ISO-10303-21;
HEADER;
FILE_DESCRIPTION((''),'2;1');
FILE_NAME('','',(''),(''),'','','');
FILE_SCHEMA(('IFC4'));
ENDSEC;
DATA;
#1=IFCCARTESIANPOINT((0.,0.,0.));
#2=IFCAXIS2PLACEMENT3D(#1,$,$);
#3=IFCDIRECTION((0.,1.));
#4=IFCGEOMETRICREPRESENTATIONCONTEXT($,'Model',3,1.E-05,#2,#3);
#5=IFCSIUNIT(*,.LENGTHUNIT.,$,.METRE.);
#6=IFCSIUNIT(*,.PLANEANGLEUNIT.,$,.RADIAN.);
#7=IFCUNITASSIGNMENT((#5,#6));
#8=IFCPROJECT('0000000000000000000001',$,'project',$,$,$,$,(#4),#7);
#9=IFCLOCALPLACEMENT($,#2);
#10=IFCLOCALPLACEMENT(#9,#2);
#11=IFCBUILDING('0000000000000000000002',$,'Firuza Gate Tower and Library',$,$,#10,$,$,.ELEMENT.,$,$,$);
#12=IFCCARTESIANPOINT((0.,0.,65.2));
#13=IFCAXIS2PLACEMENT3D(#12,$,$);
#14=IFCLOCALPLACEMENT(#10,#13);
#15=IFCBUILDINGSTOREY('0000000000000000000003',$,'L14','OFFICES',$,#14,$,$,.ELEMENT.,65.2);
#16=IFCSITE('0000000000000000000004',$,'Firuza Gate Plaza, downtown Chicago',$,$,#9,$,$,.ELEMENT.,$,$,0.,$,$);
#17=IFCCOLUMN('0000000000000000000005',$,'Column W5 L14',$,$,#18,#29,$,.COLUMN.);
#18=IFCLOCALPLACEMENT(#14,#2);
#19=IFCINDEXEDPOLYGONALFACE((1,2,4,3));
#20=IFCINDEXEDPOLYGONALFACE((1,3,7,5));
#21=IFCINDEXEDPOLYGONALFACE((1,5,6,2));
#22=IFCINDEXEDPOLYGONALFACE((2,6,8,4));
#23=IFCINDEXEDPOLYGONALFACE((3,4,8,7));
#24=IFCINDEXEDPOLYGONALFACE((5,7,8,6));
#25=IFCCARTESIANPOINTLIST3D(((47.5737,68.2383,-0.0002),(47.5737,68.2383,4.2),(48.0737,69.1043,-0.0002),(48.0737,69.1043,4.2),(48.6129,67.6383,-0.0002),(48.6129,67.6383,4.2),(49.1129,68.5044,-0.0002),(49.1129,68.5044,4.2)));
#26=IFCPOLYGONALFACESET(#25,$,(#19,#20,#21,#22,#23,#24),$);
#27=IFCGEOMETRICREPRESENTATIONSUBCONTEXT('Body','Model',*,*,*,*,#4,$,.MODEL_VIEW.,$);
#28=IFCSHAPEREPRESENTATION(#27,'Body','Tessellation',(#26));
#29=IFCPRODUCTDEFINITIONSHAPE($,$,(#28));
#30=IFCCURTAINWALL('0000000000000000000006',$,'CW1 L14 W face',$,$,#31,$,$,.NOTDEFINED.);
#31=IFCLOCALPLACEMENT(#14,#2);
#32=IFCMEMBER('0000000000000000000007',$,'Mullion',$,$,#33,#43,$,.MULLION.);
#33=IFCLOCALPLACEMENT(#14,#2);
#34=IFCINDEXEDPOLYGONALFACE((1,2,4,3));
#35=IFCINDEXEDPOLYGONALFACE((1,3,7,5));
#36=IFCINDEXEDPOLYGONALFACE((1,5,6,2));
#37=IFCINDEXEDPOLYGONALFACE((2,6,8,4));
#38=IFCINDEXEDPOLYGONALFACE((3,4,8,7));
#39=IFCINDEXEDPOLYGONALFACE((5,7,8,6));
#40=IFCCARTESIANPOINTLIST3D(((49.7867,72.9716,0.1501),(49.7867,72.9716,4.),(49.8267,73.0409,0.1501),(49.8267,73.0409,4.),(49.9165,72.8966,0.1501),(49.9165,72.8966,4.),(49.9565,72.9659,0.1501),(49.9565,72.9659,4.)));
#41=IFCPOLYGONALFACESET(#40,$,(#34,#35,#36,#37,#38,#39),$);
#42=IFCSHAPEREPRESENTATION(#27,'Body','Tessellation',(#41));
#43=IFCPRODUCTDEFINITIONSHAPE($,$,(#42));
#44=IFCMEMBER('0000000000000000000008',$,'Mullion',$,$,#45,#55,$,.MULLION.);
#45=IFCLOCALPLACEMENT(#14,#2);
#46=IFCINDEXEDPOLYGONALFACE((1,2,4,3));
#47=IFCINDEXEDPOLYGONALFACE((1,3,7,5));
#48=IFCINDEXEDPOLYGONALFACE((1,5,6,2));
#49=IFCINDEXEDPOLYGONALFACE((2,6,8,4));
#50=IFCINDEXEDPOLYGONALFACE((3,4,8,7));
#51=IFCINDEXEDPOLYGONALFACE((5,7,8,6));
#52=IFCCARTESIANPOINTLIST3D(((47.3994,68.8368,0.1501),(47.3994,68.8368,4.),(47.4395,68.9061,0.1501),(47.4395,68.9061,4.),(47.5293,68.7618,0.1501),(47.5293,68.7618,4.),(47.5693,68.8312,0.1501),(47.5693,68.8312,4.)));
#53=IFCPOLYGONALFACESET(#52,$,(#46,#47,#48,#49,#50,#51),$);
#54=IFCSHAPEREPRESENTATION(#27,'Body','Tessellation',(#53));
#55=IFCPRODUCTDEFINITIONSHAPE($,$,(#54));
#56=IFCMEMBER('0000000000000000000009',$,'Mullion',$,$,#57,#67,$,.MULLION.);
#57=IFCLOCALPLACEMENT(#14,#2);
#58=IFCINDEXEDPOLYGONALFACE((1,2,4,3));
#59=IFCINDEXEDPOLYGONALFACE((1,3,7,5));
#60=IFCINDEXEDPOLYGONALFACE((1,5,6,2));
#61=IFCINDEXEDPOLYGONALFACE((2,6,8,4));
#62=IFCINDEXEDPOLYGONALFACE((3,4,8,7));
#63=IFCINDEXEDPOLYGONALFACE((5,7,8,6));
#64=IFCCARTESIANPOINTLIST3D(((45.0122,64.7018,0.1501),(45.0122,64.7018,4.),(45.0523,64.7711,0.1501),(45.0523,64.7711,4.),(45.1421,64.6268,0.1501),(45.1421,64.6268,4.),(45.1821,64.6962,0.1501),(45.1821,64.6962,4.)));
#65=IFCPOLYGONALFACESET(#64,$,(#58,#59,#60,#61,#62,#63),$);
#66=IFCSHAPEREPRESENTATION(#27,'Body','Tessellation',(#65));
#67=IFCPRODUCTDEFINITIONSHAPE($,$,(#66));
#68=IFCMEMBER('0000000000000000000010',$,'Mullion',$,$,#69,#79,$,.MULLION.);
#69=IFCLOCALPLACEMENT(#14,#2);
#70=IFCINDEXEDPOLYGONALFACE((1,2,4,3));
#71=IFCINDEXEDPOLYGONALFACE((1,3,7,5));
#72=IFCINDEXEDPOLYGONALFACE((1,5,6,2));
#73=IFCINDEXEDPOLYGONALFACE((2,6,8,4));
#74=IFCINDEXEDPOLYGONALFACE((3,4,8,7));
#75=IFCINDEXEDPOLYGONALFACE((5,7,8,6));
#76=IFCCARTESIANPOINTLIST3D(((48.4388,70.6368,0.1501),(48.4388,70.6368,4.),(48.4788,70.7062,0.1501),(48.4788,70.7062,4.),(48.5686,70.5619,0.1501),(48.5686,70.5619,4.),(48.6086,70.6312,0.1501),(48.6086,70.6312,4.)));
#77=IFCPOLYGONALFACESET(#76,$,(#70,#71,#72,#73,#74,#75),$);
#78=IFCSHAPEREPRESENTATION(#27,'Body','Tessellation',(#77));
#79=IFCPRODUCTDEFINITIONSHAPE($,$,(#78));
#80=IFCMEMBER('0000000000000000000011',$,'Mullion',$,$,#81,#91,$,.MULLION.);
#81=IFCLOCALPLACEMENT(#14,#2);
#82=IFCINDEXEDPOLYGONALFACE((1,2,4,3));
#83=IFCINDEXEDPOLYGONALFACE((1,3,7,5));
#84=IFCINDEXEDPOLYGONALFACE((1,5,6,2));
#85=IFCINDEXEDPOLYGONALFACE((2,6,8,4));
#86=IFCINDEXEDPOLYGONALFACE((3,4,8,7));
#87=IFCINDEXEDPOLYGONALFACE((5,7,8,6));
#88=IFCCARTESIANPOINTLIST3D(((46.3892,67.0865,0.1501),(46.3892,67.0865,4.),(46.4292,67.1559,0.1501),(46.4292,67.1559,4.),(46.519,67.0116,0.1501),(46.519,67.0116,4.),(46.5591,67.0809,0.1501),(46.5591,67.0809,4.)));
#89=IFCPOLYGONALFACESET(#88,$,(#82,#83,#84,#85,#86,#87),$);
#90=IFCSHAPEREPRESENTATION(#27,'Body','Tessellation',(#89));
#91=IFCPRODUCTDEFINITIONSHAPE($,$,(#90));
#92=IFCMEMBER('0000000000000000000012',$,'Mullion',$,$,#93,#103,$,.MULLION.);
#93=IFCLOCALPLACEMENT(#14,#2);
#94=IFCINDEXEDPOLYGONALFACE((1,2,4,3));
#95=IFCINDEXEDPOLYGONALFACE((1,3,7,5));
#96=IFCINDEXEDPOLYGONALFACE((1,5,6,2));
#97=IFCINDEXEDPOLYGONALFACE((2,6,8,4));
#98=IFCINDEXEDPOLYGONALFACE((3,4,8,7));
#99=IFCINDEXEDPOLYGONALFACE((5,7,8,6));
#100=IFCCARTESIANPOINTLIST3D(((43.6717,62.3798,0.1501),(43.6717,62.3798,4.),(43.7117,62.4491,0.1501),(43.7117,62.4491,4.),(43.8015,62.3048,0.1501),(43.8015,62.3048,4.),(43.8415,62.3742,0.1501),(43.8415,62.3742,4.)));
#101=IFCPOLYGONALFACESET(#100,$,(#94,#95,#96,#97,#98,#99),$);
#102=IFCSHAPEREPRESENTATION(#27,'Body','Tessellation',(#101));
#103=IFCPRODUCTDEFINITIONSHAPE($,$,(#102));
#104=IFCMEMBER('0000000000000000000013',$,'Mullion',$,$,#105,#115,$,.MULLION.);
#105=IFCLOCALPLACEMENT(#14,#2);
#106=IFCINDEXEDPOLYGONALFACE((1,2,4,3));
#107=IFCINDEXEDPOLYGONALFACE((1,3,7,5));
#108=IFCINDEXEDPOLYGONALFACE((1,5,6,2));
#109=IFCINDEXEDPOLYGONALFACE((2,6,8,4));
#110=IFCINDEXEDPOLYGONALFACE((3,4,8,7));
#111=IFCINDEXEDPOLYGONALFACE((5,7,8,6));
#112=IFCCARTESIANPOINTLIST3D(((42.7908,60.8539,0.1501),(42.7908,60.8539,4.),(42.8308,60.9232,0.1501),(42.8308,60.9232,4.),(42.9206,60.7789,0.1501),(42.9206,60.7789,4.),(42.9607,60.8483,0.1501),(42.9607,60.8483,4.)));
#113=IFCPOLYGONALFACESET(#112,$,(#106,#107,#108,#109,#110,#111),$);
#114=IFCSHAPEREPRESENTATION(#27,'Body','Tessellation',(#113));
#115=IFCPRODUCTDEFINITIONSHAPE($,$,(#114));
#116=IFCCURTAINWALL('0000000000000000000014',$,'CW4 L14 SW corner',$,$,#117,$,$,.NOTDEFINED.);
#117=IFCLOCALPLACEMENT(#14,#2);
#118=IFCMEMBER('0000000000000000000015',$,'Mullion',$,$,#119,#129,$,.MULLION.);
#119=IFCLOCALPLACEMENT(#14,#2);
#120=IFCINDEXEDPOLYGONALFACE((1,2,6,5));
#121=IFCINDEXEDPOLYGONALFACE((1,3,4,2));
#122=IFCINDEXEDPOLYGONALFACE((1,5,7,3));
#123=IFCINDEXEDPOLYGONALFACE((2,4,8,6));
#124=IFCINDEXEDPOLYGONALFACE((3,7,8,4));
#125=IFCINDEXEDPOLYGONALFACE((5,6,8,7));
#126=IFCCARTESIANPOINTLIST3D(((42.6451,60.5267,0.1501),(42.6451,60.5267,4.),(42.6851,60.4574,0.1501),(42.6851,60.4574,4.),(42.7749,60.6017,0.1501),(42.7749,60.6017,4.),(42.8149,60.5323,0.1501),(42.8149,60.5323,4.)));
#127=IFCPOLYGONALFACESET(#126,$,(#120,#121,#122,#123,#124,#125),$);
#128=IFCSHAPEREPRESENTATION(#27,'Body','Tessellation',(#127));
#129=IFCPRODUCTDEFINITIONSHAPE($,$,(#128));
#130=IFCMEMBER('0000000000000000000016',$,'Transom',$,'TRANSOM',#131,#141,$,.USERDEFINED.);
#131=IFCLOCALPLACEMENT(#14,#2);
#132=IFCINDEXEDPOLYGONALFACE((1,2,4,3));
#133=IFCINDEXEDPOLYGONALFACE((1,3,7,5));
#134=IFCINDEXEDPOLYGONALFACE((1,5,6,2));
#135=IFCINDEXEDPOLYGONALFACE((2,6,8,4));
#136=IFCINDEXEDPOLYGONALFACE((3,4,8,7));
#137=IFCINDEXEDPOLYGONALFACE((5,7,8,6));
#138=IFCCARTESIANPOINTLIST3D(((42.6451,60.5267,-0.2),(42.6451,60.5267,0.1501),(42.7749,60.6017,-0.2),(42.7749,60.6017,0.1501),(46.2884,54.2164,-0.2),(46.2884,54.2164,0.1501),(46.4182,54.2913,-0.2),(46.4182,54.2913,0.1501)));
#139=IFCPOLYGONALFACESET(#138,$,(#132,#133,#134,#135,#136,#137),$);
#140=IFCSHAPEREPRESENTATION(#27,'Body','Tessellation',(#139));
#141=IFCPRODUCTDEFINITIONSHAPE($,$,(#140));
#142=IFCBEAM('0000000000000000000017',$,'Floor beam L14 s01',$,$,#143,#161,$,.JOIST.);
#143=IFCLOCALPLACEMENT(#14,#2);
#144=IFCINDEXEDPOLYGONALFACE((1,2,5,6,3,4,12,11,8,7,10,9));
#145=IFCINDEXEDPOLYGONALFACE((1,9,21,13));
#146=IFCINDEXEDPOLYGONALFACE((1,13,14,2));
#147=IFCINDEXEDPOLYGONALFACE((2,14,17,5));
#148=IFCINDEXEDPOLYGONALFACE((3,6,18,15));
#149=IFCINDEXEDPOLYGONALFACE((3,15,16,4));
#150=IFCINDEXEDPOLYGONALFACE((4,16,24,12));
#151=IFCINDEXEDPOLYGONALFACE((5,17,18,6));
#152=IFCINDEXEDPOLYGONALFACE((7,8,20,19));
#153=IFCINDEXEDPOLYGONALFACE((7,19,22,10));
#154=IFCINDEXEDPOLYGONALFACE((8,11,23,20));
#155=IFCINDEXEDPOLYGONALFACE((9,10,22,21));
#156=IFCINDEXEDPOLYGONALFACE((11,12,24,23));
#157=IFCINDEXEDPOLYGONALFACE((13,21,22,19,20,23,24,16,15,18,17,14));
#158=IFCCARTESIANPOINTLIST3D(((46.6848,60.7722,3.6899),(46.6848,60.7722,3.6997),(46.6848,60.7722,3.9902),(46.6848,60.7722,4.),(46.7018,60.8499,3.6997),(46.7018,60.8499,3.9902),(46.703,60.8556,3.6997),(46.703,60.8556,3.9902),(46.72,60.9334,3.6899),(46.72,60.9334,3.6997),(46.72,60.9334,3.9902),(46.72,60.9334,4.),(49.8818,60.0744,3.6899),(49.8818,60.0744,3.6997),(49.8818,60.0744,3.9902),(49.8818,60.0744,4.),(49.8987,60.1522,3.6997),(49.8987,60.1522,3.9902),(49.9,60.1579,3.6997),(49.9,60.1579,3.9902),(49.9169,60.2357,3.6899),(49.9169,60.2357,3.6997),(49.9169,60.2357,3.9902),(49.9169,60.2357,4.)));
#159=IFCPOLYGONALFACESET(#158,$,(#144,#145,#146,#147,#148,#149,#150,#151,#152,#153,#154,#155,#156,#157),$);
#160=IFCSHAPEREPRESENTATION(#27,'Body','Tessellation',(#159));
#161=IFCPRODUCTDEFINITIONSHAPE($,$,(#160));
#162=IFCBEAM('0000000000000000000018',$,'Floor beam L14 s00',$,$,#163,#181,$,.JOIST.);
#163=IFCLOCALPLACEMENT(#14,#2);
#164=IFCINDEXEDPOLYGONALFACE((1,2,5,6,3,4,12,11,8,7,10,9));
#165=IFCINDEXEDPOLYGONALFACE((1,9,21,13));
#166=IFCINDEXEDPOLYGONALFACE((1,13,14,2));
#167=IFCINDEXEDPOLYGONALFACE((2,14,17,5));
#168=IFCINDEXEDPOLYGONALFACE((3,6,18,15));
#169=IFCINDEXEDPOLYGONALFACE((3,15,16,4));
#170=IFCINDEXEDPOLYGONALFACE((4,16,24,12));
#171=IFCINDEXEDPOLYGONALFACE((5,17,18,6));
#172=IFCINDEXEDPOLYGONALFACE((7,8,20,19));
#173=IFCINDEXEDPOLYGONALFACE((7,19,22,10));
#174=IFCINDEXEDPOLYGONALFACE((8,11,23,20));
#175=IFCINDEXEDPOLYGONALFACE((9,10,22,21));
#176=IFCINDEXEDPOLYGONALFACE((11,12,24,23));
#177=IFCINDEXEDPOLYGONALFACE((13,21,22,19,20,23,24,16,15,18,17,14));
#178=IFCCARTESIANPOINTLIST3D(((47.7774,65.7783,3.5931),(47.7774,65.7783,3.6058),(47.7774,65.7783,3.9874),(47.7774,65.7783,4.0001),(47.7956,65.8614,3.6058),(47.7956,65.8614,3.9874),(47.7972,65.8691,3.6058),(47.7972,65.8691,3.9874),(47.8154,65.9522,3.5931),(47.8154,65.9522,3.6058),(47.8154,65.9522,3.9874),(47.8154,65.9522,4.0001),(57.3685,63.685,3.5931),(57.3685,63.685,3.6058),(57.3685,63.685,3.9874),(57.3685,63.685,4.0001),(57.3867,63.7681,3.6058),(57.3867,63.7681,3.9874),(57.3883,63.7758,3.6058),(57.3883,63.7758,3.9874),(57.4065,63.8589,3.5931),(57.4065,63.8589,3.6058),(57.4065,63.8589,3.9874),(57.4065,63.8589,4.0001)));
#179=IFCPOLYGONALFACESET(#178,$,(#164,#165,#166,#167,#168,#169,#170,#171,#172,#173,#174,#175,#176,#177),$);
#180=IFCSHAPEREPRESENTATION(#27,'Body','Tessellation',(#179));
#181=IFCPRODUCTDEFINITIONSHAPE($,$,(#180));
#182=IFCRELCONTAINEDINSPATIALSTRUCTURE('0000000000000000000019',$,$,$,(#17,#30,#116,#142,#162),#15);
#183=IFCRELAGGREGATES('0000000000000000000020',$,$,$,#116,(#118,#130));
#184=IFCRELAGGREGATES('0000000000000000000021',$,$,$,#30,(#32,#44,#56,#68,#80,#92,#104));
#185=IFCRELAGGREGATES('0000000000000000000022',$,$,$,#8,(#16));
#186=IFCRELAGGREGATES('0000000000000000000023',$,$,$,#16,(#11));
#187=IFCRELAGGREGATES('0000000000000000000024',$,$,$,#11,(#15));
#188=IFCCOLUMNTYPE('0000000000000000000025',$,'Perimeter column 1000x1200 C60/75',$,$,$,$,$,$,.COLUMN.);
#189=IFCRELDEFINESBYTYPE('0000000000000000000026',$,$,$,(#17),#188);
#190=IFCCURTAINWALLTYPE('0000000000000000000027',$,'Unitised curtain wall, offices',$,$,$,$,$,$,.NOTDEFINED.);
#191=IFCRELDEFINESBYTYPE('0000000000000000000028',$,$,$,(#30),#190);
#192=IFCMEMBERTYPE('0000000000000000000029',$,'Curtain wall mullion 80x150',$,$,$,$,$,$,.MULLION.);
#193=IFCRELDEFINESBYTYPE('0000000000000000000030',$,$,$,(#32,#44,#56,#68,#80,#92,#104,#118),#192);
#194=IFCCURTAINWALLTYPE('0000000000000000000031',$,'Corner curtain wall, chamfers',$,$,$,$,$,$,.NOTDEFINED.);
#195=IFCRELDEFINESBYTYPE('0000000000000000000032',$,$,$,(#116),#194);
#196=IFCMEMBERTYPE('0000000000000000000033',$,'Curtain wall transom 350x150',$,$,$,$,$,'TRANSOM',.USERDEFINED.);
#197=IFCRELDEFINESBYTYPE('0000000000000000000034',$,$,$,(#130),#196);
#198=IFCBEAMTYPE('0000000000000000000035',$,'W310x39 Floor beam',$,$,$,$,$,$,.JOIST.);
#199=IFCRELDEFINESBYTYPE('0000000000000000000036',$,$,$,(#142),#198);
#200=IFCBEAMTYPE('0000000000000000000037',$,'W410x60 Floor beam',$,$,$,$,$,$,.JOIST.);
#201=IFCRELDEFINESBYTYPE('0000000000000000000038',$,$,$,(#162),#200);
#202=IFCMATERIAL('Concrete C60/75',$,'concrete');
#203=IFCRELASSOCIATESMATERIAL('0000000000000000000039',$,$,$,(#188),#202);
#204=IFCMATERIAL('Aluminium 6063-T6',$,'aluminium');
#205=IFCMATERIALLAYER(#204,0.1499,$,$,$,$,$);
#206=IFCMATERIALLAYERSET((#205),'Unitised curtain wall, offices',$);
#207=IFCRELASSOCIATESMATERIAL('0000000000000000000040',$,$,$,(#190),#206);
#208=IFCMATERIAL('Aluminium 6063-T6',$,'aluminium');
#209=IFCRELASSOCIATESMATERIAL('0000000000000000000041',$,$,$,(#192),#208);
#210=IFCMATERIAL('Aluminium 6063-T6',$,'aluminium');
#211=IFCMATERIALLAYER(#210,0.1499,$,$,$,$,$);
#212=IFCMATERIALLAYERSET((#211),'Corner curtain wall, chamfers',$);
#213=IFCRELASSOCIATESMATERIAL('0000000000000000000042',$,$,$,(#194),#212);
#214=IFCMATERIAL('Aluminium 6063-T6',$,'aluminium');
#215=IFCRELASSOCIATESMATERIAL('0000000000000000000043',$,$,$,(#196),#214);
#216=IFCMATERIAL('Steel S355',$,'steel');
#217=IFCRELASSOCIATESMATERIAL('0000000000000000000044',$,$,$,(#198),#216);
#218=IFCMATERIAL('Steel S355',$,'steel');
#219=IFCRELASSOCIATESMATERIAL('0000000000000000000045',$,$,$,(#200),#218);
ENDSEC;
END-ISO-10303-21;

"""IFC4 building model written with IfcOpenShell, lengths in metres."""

from ifc_helpers import new_model, si_unit, direction, frame, origin, origin_2d, place, context, subcontext, project, spatial, rectangle, i_section, extrude, material, layer, layer_set, material_profile, profile_set, type_object, element, aggregate, save


model = new_model("IFC4")

# Units and contexts
model_context = context("Model", 3, precision=1e-05, world=origin(), true_north=direction((0.0, 1.0)))
body_context = subcontext(model_context, "Body", "Model", "MODEL_VIEW")
ifc_project = project(units=[si_unit("LENGTHUNIT", "METRE"), si_unit("PLANEANGLEUNIT", "RADIAN")], contexts=[model_context])

# Site, building, storey
site_placement = place(None, origin())
site = spatial("IfcSite", under=ifc_project, at=site_placement, Name="Firuza Gate Plaza, downtown Chicago", CompositionType="ELEMENT", RefElevation=0.0)
building_placement = place(site_placement, origin())
building = spatial("IfcBuilding", under=site, at=building_placement, Name="Firuza Gate Tower and Library", CompositionType="ELEMENT")
storey_placement = place(building_placement, frame((0.0, 0.0, 65.2)))
storey = spatial("IfcBuildingStorey", under=building, at=storey_placement, Name="L14", Description="OFFICES", CompositionType="ELEMENT", Elevation=65.2)

# Column
ifc_material_1 = material(Name="Concrete C60/75", Category="concrete")
ifc_material_profile_1 = material_profile(ifc_material_1, rectangle(XDim=1.0, YDim=1.2, at=origin_2d()))
ifc_profile_set_1 = profile_set([ifc_material_profile_1], Name="Concrete C60/75")
column_type = type_object("IfcColumnType", Name="Perimeter column 1000x1200 C60/75", PredefinedType="COLUMN", material=ifc_profile_set_1)
column_placement = place(storey_placement, frame((48.3433, 68.3713, -0.0002), z_axis=(0.0, 0.0, 1.0), x_axis=(-0.5, -0.866025, 0.0)))
element("IfcColumn", 1, at=column_placement, inside=storey, type_object=column_type, Name="Column W5 L14", PredefinedType="COLUMN", context=body_context, shape_type="SweptSolid", body=[
    extrude(rectangle(XDim=1.0, YDim=1.2, at=origin_2d()), origin(), (0.0, 0.0, 1.0), 4.2002),
])

# Curtain walls, members
ifc_material_2 = material(Name="Aluminium 6063-T6", Category="aluminium")
ifc_layer_1 = layer(ifc_material_2, 0.1499)
ifc_layer_set_1 = layer_set([ifc_layer_1], Name="Unitised curtain wall, offices")
curtain_wall_type_1 = type_object("IfcCurtainWallType", Name="Unitised curtain wall, offices", PredefinedType="NOTDEFINED", material=ifc_layer_set_1)
placement = place(storey_placement, origin())
curtain_wall_1 = element("IfcCurtainWall", 2, at=placement, inside=storey, type_object=curtain_wall_type_1, Name="CW1 L14 W face", PredefinedType="NOTDEFINED")
ifc_material_3 = material(Name="Aluminium 6063-T6", Category="aluminium")
ifc_material_profile_2 = material_profile(ifc_material_3, rectangle(XDim=0.1499, YDim=0.0801, at=origin_2d()))
ifc_profile_set_2 = profile_set([ifc_material_profile_2], Name="Aluminium 6063-T6")
member_type_1 = type_object("IfcMemberType", Name="Curtain wall mullion 80x150", PredefinedType="MULLION", material=ifc_profile_set_2)
member_1_placement = place(storey_placement, frame((49.8716, 72.9688, 0.1501), z_axis=(0.0, 0.0, 1.0), x_axis=(0.866025, -0.5, 0.0)))
member_1 = element("IfcMember", 3, at=member_1_placement, type_object=member_type_1, Name="Mullion", PredefinedType="MULLION", context=body_context, shape_type="SweptSolid", body=[
    extrude(rectangle(XDim=0.1499, YDim=0.0801, at=origin_2d()), origin(), (0.0, 0.0, 1.0), 3.8499),
])
member_2_placement = place(storey_placement, frame((47.4844, 68.834, 0.1501), z_axis=(0.0, 0.0, 1.0), x_axis=(0.866025, -0.5, 0.0)))
member_2 = element("IfcMember", 4, at=member_2_placement, type_object=member_type_1, Name="Mullion", PredefinedType="MULLION", context=body_context, shape_type="SweptSolid", body=[
    extrude(rectangle(XDim=0.1499, YDim=0.0801, at=origin_2d()), origin(), (0.0, 0.0, 1.0), 3.8499),
])
member_3_placement = place(storey_placement, frame((45.0972, 64.699, 0.1501), z_axis=(0.0, 0.0, 1.0), x_axis=(0.866025, -0.5, 0.0)))
member_3 = element("IfcMember", 5, at=member_3_placement, type_object=member_type_1, Name="Mullion", PredefinedType="MULLION", context=body_context, shape_type="SweptSolid", body=[
    extrude(rectangle(XDim=0.1499, YDim=0.0801, at=origin_2d()), origin(), (0.0, 0.0, 1.0), 3.8499),
])
member_4_placement = place(storey_placement, frame((48.5237, 70.634, 0.1501), z_axis=(0.0, 0.0, 1.0), x_axis=(0.866025, -0.5, 0.0)))
member_4 = element("IfcMember", 6, at=member_4_placement, type_object=member_type_1, Name="Mullion", PredefinedType="MULLION", context=body_context, shape_type="SweptSolid", body=[
    extrude(rectangle(XDim=0.1499, YDim=0.0801, at=origin_2d()), origin(), (0.0, 0.0, 1.0), 3.8499),
])
member_5_placement = place(storey_placement, frame((46.4741, 67.0837, 0.1501), z_axis=(0.0, 0.0, 1.0), x_axis=(0.866025, -0.5, 0.0)))
member_5 = element("IfcMember", 7, at=member_5_placement, type_object=member_type_1, Name="Mullion", PredefinedType="MULLION", context=body_context, shape_type="SweptSolid", body=[
    extrude(rectangle(XDim=0.1499, YDim=0.0801, at=origin_2d()), origin(), (0.0, 0.0, 1.0), 3.8499),
])
member_6_placement = place(storey_placement, frame((43.7566, 62.377, 0.1501), z_axis=(0.0, 0.0, 1.0), x_axis=(0.866025, -0.5, 0.0)))
member_6 = element("IfcMember", 8, at=member_6_placement, type_object=member_type_1, Name="Mullion", PredefinedType="MULLION", context=body_context, shape_type="SweptSolid", body=[
    extrude(rectangle(XDim=0.1499, YDim=0.0801, at=origin_2d()), origin(), (0.0, 0.0, 1.0), 3.8499),
])
member_7_placement = place(storey_placement, frame((42.8757, 60.8511, 0.1501), z_axis=(0.0, 0.0, 1.0), x_axis=(0.866025, -0.5, 0.0)))
member_7 = element("IfcMember", 9, at=member_7_placement, type_object=member_type_1, Name="Mullion", PredefinedType="MULLION", context=body_context, shape_type="SweptSolid", body=[
    extrude(rectangle(XDim=0.1499, YDim=0.0801, at=origin_2d()), origin(), (0.0, 0.0, 1.0), 3.8499),
])
ifc_material_4 = material(Name="Aluminium 6063-T6", Category="aluminium")
ifc_layer_2 = layer(ifc_material_4, 0.1499)
ifc_layer_set_2 = layer_set([ifc_layer_2], Name="Corner curtain wall, chamfers")
curtain_wall_type_2 = type_object("IfcCurtainWallType", Name="Corner curtain wall, chamfers", PredefinedType="NOTDEFINED", material=ifc_layer_set_2)
curtain_wall_2 = element("IfcCurtainWall", 10, at=placement, inside=storey, type_object=curtain_wall_type_2, Name="CW4 L14 SW corner", PredefinedType="NOTDEFINED")
member_8_placement = place(storey_placement, frame((42.73, 60.5295, 0.1501), z_axis=(0.0, 0.0, 1.0), x_axis=(0.866025, 0.5, 0.0)))
member_8 = element("IfcMember", 11, at=member_8_placement, type_object=member_type_1, Name="Mullion", PredefinedType="MULLION", context=body_context, shape_type="SweptSolid", body=[
    extrude(rectangle(XDim=0.1499, YDim=0.0801, at=origin_2d()), origin(), (0.0, 0.0, 1.0), 3.8499),
])
ifc_material_5 = material(Name="Aluminium 6063-T6", Category="aluminium")
ifc_material_profile_3 = material_profile(ifc_material_5, rectangle(XDim=0.1499, YDim=0.3501, at=origin_2d()))
ifc_profile_set_3 = profile_set([ifc_material_profile_3], Name="Aluminium 6063-T6")
member_type_2 = type_object("IfcMemberType", Name="Curtain wall transom 350x150", ElementType="TRANSOM", PredefinedType="USERDEFINED", material=ifc_profile_set_3)
member_9_placement = place(storey_placement, frame((42.71, 60.5642, -0.0249), z_axis=(0.500006, -0.866022, 0.0), x_axis=(0.866022, 0.500006, 0.0)))
member_9 = element("IfcMember", 12, at=member_9_placement, type_object=member_type_2, Name="Transom", ObjectType="TRANSOM", PredefinedType="USERDEFINED", context=body_context, shape_type="SweptSolid", body=[
    extrude(rectangle(XDim=0.1499, YDim=0.3501, at=origin_2d()), origin(), (0.0, 0.0, 1.0), 7.2866),
])

# Beams
ifc_material_6 = material(Name="Steel S355", Category="steel")
ifc_material_profile_4 = material_profile(ifc_material_6, i_section(OverallWidth=0.165, OverallDepth=0.3101, WebThickness=0.0059, FlangeThickness=0.0098, at=origin_2d()))
ifc_profile_set_4 = profile_set([ifc_material_profile_4], Name="Steel S355")
beam_type_1 = type_object("IfcBeamType", Name="W310x39 Floor beam", PredefinedType="JOIST", material=ifc_profile_set_4)
beam_1_placement = place(storey_placement, frame((46.7024, 60.8528, 3.845), z_axis=(0.977002, -0.213232, 0.0), x_axis=(0.213232, 0.977002, 0.0)))
element("IfcBeam", 13, at=beam_1_placement, inside=storey, type_object=beam_type_1, Name="Floor beam L14 s01", PredefinedType="JOIST", context=body_context, shape_type="SweptSolid", body=[
    extrude(i_section(OverallWidth=0.165, OverallDepth=0.3101, WebThickness=0.0059, FlangeThickness=0.0098, at=origin_2d()), origin(), (0.0, 0.0, 1.0), 3.2722),
])
ifc_material_7 = material(Name="Steel S355", Category="steel")
ifc_material_profile_5 = material_profile(ifc_material_7, i_section(OverallWidth=0.178, OverallDepth=0.407, WebThickness=0.0078, FlangeThickness=0.0127, at=origin_2d()))
ifc_profile_set_5 = profile_set([ifc_material_profile_5], Name="Steel S355")
beam_type_2 = type_object("IfcBeamType", Name="W410x60 Floor beam", PredefinedType="JOIST", material=ifc_profile_set_5)
beam_2_placement = place(storey_placement, frame((47.7964, 65.8652, 3.7966), z_axis=(0.977002, -0.213232, 0.0), x_axis=(0.213232, 0.977002, 0.0)))
element("IfcBeam", 14, at=beam_2_placement, inside=storey, type_object=beam_type_2, Name="Floor beam L14 s00", PredefinedType="JOIST", context=body_context, shape_type="SweptSolid", body=[
    extrude(i_section(OverallWidth=0.178, OverallDepth=0.407, WebThickness=0.0078, FlangeThickness=0.0127, at=origin_2d()), origin(), (0.0, 0.0, 1.0), 9.8169),
])

aggregate(curtain_wall_2, [member_8, member_9])
aggregate(curtain_wall_1, [member_1, member_2, member_3, member_4, member_5, member_6, member_7])

save(model, "model.ifc")
